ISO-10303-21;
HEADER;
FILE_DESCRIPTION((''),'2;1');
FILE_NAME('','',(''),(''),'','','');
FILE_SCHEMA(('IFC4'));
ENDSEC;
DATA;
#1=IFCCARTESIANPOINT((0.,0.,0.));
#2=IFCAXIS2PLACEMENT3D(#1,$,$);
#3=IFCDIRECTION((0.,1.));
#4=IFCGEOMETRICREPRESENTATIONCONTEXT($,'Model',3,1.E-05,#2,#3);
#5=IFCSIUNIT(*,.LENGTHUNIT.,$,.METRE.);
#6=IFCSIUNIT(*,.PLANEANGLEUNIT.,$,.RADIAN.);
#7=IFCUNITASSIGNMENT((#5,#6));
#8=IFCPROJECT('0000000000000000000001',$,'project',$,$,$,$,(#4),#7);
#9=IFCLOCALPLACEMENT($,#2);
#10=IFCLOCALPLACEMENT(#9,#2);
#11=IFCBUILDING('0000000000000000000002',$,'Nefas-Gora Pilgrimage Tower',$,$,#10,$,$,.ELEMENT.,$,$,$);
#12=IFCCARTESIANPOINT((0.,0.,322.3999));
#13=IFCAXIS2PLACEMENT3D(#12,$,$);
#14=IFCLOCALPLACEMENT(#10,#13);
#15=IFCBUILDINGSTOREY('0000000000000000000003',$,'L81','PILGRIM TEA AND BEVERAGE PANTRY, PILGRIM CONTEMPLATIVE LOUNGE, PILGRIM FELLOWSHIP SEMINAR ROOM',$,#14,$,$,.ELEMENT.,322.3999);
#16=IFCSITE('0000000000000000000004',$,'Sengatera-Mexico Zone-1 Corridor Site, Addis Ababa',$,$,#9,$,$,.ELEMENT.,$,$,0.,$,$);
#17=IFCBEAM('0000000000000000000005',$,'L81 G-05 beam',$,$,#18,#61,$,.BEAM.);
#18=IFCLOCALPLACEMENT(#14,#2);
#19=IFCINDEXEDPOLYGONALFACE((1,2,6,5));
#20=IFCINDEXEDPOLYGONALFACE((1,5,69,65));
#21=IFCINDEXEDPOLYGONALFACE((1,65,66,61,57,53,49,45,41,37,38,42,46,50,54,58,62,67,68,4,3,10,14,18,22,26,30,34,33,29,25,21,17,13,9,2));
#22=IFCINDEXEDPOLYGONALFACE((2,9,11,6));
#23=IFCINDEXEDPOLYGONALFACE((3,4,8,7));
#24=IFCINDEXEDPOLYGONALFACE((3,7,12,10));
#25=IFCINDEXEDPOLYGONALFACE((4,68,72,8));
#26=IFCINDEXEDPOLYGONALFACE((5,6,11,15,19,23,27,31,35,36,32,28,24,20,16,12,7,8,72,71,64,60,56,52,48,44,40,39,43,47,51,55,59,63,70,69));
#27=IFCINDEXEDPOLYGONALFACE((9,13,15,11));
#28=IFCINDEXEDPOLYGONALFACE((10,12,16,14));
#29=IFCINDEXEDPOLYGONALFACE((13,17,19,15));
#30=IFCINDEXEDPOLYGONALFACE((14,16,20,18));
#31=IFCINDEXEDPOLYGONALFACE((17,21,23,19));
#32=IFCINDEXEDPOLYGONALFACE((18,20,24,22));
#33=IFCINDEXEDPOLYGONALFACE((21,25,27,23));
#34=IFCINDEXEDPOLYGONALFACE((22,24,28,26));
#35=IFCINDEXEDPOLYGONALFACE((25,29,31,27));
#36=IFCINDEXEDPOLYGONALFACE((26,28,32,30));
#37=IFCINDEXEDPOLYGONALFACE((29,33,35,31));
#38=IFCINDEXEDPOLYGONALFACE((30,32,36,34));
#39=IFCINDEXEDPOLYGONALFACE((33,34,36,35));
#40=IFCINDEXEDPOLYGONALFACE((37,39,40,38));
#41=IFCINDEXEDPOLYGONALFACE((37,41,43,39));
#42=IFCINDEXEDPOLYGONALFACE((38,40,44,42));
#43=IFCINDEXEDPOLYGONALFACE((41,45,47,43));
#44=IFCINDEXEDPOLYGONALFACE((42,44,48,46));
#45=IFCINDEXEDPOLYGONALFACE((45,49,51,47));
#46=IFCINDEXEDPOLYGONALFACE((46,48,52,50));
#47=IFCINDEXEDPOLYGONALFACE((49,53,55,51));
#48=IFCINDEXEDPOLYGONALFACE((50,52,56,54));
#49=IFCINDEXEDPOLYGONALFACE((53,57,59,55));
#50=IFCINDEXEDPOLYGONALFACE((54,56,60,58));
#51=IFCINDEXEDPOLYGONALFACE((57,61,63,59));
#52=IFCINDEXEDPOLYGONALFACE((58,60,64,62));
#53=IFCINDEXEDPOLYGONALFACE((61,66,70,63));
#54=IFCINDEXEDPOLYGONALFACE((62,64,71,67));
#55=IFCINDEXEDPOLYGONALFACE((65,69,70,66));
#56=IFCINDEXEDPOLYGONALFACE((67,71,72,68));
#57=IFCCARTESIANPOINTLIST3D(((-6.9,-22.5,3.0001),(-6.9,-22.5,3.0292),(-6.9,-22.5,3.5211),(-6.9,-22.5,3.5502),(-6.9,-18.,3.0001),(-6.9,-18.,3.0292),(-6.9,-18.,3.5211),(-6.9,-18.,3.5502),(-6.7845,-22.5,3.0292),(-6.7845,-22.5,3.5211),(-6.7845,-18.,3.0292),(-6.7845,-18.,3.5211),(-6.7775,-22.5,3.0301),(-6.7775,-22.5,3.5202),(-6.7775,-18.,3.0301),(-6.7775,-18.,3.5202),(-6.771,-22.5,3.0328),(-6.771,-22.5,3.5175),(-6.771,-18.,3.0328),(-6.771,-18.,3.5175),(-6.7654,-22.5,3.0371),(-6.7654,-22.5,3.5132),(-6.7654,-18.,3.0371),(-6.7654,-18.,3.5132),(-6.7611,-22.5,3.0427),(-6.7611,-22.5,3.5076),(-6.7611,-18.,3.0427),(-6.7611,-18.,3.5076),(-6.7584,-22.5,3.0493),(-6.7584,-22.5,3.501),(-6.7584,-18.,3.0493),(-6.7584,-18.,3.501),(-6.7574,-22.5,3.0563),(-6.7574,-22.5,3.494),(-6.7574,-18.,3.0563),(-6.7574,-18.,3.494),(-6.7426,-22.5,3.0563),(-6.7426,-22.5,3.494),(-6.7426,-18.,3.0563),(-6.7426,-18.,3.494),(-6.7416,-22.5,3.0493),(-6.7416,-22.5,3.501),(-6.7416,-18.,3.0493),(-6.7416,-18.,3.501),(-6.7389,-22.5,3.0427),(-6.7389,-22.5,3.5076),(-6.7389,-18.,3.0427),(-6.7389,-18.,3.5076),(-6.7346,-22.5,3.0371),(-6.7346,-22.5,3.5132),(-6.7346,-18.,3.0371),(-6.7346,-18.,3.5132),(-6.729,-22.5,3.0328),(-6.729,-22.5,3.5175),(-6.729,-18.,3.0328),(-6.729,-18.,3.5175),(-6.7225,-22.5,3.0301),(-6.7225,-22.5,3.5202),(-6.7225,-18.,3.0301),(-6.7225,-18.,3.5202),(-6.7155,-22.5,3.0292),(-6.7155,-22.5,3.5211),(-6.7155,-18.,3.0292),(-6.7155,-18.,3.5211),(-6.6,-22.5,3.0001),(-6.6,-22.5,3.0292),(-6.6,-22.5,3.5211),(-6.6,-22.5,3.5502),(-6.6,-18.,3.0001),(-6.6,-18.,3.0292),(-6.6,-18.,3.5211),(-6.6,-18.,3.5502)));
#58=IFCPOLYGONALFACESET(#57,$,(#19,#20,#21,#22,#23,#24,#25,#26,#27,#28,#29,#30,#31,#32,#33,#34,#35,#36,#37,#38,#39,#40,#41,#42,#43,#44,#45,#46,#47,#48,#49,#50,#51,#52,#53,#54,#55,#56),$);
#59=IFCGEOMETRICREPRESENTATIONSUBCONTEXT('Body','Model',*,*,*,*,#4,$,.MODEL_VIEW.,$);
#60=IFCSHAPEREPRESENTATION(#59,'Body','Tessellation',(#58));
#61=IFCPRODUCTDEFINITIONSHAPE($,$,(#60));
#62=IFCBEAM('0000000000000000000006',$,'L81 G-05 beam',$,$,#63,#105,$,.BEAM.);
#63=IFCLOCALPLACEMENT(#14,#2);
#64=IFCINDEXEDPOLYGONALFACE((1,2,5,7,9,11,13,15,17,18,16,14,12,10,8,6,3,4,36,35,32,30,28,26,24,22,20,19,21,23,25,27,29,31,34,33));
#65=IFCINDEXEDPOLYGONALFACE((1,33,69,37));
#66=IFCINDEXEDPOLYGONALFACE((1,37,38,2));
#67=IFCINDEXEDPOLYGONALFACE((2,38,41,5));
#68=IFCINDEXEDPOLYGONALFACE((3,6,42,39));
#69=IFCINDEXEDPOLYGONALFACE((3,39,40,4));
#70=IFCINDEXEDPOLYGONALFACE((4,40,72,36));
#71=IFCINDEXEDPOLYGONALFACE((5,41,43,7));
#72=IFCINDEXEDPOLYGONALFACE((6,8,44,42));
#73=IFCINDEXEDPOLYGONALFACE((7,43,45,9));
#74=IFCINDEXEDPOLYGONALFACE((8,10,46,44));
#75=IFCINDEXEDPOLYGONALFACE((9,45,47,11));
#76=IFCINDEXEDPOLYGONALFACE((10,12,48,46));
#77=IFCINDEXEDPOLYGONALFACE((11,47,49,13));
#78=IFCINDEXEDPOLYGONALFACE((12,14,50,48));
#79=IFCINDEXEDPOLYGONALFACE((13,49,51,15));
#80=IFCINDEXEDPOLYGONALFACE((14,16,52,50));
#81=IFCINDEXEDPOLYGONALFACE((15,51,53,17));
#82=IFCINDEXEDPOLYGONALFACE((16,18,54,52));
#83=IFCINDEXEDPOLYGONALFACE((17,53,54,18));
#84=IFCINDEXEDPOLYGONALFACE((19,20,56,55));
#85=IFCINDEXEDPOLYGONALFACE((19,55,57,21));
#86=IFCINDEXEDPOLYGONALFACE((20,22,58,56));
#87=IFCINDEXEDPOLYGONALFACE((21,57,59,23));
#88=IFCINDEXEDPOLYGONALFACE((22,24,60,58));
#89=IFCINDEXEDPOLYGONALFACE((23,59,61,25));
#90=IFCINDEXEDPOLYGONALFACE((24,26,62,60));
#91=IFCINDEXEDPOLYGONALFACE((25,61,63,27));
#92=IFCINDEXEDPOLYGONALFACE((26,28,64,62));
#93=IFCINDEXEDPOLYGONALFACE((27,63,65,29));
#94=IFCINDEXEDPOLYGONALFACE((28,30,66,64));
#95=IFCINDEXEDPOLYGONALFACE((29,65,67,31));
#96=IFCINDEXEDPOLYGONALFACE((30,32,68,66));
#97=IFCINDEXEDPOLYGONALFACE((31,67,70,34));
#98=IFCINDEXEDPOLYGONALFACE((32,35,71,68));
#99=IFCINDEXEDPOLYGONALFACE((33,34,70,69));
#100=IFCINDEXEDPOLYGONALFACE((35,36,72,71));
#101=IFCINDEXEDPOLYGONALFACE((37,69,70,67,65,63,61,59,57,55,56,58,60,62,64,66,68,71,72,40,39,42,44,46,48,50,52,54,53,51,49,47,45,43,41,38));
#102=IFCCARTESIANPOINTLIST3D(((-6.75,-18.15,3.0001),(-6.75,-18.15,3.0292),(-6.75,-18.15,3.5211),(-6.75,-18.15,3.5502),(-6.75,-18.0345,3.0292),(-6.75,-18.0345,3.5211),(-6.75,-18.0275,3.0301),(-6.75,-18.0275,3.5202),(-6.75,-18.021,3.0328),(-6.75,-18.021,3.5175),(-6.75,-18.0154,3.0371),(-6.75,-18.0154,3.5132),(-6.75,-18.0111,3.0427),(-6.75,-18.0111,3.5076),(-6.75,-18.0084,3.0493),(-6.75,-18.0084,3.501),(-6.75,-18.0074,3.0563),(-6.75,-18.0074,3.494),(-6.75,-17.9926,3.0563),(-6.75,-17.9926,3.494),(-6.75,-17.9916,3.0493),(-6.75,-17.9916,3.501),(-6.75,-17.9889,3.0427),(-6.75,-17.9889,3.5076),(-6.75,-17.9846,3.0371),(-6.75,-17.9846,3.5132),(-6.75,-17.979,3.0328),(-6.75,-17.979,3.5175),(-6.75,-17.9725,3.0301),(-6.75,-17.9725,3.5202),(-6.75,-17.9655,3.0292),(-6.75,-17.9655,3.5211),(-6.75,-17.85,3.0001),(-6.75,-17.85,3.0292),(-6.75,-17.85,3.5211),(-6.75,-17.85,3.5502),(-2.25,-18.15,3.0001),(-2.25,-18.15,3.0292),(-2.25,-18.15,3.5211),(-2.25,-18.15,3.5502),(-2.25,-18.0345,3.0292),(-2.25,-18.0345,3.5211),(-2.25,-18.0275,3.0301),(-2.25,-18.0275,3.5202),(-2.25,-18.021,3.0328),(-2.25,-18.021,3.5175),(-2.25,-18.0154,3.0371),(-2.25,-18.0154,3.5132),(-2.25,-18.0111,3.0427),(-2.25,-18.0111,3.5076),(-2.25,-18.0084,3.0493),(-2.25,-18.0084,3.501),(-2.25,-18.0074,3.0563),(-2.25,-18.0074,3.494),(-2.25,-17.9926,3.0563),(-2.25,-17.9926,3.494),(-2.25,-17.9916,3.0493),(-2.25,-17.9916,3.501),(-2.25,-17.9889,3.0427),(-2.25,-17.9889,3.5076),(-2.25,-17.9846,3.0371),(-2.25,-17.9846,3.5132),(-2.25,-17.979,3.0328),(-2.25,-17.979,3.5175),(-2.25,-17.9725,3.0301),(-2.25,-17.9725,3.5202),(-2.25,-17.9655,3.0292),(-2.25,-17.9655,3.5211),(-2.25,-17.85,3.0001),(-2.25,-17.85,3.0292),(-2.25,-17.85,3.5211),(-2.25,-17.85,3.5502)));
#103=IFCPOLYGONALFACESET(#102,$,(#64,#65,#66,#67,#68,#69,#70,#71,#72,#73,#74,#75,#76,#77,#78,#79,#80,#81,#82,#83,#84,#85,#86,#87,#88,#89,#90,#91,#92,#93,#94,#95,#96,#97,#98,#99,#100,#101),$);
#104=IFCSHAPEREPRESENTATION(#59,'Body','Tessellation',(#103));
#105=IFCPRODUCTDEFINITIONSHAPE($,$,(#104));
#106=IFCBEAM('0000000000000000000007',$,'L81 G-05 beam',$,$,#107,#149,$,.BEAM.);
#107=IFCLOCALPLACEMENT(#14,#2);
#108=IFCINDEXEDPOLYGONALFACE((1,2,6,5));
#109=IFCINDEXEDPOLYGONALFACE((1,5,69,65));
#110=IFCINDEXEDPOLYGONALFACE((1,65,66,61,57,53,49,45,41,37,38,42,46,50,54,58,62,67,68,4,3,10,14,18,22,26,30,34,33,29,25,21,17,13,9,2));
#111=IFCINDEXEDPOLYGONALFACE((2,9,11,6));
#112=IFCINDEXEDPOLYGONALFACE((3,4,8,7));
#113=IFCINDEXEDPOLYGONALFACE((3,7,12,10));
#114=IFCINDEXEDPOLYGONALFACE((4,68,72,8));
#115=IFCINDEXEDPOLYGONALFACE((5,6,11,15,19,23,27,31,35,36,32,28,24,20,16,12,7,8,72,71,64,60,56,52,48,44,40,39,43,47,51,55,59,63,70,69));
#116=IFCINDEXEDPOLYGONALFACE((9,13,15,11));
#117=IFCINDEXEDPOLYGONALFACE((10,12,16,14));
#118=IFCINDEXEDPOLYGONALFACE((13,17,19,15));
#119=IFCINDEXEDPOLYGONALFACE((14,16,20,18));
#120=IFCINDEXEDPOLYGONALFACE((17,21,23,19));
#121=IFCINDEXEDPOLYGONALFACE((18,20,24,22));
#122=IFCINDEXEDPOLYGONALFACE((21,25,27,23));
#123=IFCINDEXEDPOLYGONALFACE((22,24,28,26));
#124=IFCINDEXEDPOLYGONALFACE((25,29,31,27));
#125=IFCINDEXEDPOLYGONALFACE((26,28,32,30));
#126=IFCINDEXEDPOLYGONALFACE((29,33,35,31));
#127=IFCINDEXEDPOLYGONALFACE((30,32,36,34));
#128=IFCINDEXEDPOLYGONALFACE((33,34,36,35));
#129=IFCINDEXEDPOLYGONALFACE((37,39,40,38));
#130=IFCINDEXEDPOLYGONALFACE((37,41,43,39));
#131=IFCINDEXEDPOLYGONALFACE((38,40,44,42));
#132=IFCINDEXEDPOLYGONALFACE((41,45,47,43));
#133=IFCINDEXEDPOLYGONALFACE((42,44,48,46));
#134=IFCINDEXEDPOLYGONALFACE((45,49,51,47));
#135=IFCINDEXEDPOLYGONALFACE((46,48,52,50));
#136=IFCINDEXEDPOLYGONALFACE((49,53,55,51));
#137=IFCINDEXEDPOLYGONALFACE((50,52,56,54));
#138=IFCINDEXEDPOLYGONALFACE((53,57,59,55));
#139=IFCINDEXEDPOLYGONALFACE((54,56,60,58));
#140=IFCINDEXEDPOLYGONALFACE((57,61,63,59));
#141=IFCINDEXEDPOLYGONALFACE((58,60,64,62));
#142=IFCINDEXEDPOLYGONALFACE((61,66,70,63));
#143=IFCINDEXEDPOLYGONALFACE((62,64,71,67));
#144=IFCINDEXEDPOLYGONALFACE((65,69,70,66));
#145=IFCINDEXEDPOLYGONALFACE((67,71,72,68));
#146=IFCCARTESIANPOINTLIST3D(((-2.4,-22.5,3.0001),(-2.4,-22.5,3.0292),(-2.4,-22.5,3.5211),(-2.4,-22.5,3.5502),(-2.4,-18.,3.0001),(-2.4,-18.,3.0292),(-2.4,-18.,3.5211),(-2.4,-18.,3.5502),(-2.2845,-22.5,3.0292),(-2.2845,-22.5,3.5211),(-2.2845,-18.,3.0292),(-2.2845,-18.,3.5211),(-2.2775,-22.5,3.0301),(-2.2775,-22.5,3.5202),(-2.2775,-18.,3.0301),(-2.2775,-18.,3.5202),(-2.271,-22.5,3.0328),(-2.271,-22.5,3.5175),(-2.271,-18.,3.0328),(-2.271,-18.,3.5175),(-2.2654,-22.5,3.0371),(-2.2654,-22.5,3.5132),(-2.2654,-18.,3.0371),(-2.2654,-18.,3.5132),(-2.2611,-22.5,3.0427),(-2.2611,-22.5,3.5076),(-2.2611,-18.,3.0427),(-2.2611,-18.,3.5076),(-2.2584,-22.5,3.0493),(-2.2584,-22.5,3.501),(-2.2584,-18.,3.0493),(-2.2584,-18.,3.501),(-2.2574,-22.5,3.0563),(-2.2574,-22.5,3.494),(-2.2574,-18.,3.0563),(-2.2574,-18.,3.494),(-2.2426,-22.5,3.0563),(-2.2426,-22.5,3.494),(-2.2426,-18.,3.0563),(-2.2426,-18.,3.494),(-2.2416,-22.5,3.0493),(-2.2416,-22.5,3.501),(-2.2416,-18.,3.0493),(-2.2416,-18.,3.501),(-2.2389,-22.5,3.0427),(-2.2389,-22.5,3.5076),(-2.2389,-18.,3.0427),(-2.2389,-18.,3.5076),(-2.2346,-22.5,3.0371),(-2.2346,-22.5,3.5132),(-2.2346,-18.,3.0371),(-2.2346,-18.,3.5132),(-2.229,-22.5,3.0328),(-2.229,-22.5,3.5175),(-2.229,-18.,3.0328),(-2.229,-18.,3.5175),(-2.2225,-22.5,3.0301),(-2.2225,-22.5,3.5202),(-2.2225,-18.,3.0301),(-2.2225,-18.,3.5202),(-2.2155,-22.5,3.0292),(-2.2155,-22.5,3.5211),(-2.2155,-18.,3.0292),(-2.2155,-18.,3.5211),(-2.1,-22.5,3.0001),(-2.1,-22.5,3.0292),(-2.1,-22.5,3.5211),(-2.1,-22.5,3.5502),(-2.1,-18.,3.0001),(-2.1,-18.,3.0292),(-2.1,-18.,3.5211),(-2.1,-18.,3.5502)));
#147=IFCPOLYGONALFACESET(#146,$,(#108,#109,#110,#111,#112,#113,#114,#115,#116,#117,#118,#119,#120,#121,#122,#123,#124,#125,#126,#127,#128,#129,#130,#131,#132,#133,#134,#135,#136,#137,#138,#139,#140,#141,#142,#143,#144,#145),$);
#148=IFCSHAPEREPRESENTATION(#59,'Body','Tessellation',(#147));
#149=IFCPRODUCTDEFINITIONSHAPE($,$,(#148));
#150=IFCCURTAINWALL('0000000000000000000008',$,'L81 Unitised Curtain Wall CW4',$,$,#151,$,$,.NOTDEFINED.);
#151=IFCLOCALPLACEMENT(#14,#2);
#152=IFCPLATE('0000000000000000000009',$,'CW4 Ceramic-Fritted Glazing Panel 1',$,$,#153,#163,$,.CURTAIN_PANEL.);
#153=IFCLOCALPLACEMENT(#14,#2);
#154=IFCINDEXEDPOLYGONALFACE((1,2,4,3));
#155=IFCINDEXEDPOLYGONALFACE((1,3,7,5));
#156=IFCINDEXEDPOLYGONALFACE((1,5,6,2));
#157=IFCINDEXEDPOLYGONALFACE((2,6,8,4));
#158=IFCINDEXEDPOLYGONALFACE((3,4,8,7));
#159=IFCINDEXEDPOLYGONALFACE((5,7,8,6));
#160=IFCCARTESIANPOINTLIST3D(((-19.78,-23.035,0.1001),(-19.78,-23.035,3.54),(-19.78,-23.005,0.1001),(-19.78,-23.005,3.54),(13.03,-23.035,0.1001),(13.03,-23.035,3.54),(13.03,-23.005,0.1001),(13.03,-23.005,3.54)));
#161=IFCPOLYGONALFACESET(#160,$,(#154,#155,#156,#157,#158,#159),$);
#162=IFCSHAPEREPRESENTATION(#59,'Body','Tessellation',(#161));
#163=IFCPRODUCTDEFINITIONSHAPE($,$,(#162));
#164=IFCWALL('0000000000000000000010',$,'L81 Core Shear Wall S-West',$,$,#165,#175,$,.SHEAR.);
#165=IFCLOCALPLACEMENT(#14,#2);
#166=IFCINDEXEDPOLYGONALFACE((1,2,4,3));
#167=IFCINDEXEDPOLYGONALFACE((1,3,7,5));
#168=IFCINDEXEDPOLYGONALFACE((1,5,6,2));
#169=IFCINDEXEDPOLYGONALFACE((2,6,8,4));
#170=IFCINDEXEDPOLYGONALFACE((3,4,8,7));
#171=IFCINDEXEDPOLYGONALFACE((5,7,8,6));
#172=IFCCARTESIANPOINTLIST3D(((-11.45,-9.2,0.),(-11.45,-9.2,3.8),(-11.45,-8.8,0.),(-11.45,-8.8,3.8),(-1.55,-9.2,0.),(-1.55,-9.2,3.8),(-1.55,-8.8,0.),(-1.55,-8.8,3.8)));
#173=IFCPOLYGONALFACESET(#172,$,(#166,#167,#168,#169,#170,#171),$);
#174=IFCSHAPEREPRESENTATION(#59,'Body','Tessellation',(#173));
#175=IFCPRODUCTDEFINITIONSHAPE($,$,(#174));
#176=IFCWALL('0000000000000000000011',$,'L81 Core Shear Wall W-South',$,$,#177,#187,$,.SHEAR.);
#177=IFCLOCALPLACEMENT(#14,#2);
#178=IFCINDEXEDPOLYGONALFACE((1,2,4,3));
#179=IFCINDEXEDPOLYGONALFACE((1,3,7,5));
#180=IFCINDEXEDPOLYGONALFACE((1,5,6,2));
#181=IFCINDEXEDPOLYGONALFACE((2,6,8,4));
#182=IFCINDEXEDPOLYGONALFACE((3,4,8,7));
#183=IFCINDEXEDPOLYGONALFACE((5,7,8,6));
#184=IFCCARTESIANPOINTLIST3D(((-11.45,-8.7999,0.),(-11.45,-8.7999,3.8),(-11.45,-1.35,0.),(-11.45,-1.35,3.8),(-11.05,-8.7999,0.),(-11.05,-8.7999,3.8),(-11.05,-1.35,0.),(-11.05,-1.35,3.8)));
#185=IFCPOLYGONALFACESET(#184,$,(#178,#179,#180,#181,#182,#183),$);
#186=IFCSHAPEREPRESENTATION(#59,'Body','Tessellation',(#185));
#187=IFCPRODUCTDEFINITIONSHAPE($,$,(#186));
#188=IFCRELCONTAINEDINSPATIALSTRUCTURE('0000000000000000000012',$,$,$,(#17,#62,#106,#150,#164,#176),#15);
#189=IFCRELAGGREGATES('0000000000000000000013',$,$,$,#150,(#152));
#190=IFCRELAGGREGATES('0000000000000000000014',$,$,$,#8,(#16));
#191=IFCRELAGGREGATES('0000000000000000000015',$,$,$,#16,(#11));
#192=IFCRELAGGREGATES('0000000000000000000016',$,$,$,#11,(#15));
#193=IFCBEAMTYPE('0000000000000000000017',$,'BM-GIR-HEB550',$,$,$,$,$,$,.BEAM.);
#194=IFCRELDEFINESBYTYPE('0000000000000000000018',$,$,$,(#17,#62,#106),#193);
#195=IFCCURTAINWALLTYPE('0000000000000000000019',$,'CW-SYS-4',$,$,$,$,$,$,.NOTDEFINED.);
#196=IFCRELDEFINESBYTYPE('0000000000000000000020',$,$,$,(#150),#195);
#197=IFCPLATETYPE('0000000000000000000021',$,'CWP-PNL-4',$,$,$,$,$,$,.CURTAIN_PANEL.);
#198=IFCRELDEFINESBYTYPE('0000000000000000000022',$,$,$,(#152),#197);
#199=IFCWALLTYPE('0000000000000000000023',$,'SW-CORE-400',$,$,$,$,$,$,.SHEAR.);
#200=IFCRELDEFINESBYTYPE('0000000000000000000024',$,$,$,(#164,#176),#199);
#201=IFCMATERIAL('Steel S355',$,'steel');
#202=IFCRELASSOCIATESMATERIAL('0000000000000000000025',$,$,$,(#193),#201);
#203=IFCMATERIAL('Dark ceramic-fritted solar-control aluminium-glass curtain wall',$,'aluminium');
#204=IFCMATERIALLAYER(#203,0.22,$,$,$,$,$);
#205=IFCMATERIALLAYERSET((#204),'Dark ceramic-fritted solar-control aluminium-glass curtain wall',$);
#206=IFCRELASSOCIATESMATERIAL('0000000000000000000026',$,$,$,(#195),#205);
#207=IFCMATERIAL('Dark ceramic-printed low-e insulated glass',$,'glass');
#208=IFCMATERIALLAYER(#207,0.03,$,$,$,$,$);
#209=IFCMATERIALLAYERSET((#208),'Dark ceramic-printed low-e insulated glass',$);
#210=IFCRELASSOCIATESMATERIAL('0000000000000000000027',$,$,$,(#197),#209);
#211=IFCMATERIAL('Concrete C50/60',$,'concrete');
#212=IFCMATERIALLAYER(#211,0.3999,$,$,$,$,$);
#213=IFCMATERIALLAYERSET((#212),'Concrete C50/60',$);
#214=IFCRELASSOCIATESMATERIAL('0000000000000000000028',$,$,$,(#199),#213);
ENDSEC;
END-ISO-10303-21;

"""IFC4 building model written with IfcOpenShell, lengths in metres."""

from ifc_helpers import new_model, si_unit, direction, frame, frame_2d, origin, origin_2d, place, context, subcontext, project, spatial, rectangle, i_section, extrude, source, transform, mapped, material, layer, layer_set, material_profile, profile_set, type_object, element, aggregate, save


model = new_model("IFC4")

# Units and contexts
model_context = context("Model", 3, precision=1e-05, world=origin(), true_north=direction((0.0, 1.0)))
body_context = subcontext(model_context, "Body", "Model", "MODEL_VIEW")
ifc_project = project(units=[si_unit("LENGTHUNIT", "METRE"), si_unit("PLANEANGLEUNIT", "RADIAN")], contexts=[model_context])

# Site, building, storey
site_placement = place(None, origin())
site = spatial("IfcSite", under=ifc_project, at=site_placement, Name="Sengatera-Mexico Zone-1 Corridor Site, Addis Ababa", CompositionType="ELEMENT", RefElevation=0.0)
building_placement = place(site_placement, origin())
building = spatial("IfcBuilding", under=site, at=building_placement, Name="Nefas-Gora Pilgrimage Tower", CompositionType="ELEMENT")
storey_placement = place(building_placement, frame((0.0, 0.0, 322.3999)))
storey = spatial("IfcBuildingStorey", under=building, at=storey_placement, Name="L81", Description="PILGRIM TEA AND BEVERAGE PANTRY, PILGRIM CONTEMPLATIVE LOUNGE, PILGRIM FELLOWSHIP SEMINAR ROOM", CompositionType="ELEMENT", Elevation=322.3999)

# Shared definitions
ifc_material_1 = material(Name="Steel S355", Category="steel")
ifc_material_2 = material(Name="Concrete C50/60", Category="concrete")

# Beams
ifc_material_profile_1 = material_profile(ifc_material_1, i_section(OverallWidth=0.3, OverallDepth=0.55, WebThickness=0.0149, FlangeThickness=0.0291, FilletRadius=0.0271, at=origin_2d()), Name="HEB 550")
ifc_profile_set_1 = profile_set([ifc_material_profile_1], Name="Steel S355")
beam_type_1 = type_object("IfcBeamType", Name="BM-GIR-HEB550", PredefinedType="BEAM", material=ifc_profile_set_1)
shared_shape_1 = source(origin(), body_context, "Body", "SweptSolid", [
    extrude(i_section(OverallWidth=0.3, OverallDepth=0.55, WebThickness=0.0149, FlangeThickness=0.0291, FilletRadius=0.0271, at=origin_2d()), origin(), (0.0, 0.0, 1.0), 4.5),
])
for number, where, z_axis, x_axis, name in (
    (1, (-6.75, -22.5, 3.2751), (0.0, 1.0, 0.0), (-1.0, 0.0, 0.0), "L81 G-05 beam"),
    (2, (-6.75, -18.0, 3.2751), (1.0, 0.0, 0.0), (0.0, 1.0, 0.0), "L81 G-05 beam"),
    (3, (-2.25, -22.5, 3.2751), (0.0, 1.0, 0.0), (-1.0, 0.0, 0.0), "L81 G-05 beam"),
):
    element("IfcBeam", number, at=place(storey_placement, frame(where, z_axis=z_axis, x_axis=x_axis)), inside=storey, type_object=beam_type_1, Name=name, PredefinedType="BEAM", context=body_context, shape_type="MappedRepresentation", body=[
        mapped(shared_shape_1, transform((0.0, 0.0, 0.0), x_axis=(1.0, 0.0, 0.0), y_axis=(0.0, 1.0, 0.0), z_axis=(0.0, 0.0, 1.0), scale=1.0)),
    ])

# Curtain wall, plate
ifc_material_3 = material(Name="Dark ceramic-fritted solar-control aluminium-glass curtain wall", Category="aluminium")
ifc_layer_1 = layer(ifc_material_3, 0.22)
ifc_layer_set_1 = layer_set([ifc_layer_1], Name="Dark ceramic-fritted solar-control aluminium-glass curtain wall")
curtain_wall_type = type_object("IfcCurtainWallType", Name="CW-SYS-4", PredefinedType="NOTDEFINED", material=ifc_layer_set_1)
curtain_wall_placement = place(storey_placement, origin())
curtain_wall = element("IfcCurtainWall", 4, at=curtain_wall_placement, inside=storey, type_object=curtain_wall_type, Name="L81 Unitised Curtain Wall CW4", PredefinedType="NOTDEFINED")
ifc_material_4 = material(Name="Dark ceramic-printed low-e insulated glass", Category="glass")
ifc_layer_2 = layer(ifc_material_4, 0.03)
ifc_layer_set_2 = layer_set([ifc_layer_2], Name="Dark ceramic-printed low-e insulated glass")
plate_type = type_object("IfcPlateType", Name="CWP-PNL-4", PredefinedType="CURTAIN_PANEL", material=ifc_layer_set_2)
shared_shape_2 = source(origin(), body_context, "Body", "SweptSolid", [
    extrude(rectangle(XDim=32.8101, YDim=0.03, at=origin_2d()), origin(), (0.0, 0.0, 1.0), 3.4399),
])
plate_placement = place(storey_placement, frame((-3.375, -23.02, 0.1001), z_axis=(0.0, 0.0, 1.0), x_axis=(1.0, 0.0, 0.0)))
plate = element("IfcPlate", 5, at=plate_placement, type_object=plate_type, Name="CW4 Ceramic-Fritted Glazing Panel 1", PredefinedType="CURTAIN_PANEL", context=body_context, shape_type="MappedRepresentation", body=[
    mapped(shared_shape_2, transform((0.0, 0.0, 0.0), x_axis=(1.0, 0.0, 0.0), y_axis=(0.0, 1.0, 0.0), z_axis=(0.0, 0.0, 1.0), scale=1.0)),
])
aggregate(curtain_wall, [plate])

# Walls
ifc_layer_3 = layer(ifc_material_2, 0.3999)
ifc_layer_set_3 = layer_set([ifc_layer_3], Name="Concrete C50/60")
wall_type_1 = type_object("IfcWallType", Name="SW-CORE-400", PredefinedType="SHEAR", material=ifc_layer_set_3)
shared_shape_3 = source(origin(), body_context, "Body", "SweptSolid", [
    extrude(rectangle(XDim=9.8999, YDim=0.3999, at=frame_2d((4.95, 0.0))), origin(), (0.0, 0.0, 1.0), 3.8),
])
wall_1_placement = place(storey_placement, frame((-11.45, -9.0, 0.0), z_axis=(0.0, 0.0, 1.0), x_axis=(1.0, 0.0, 0.0)))
element("IfcWall", 6, at=wall_1_placement, inside=storey, type_object=wall_type_1, Name="L81 Core Shear Wall S-West", PredefinedType="SHEAR", context=body_context, shape_type="MappedRepresentation", body=[
    mapped(shared_shape_3, transform((0.0, 0.0, 0.0), x_axis=(1.0, 0.0, 0.0), y_axis=(0.0, 1.0, 0.0), z_axis=(0.0, 0.0, 1.0), scale=1.0)),
])
shared_shape_4 = source(origin(), body_context, "Body", "SweptSolid", [
    extrude(rectangle(XDim=7.45, YDim=0.3999, at=frame_2d((3.7251, 0.0))), origin(), (0.0, 0.0, 1.0), 3.8),
])
wall_2_placement = place(storey_placement, frame((-11.25, -8.8, 0.0), z_axis=(0.0, 0.0, 1.0), x_axis=(0.0, 1.0, 0.0)))
element("IfcWall", 7, at=wall_2_placement, inside=storey, type_object=wall_type_1, Name="L81 Core Shear Wall W-South", PredefinedType="SHEAR", context=body_context, shape_type="MappedRepresentation", body=[
    mapped(shared_shape_4, transform((0.0, 0.0, 0.0), x_axis=(1.0, 0.0, 0.0), y_axis=(0.0, 1.0, 0.0), z_axis=(0.0, 0.0, 1.0), scale=1.0)),
])

save(model, "model.ifc")
